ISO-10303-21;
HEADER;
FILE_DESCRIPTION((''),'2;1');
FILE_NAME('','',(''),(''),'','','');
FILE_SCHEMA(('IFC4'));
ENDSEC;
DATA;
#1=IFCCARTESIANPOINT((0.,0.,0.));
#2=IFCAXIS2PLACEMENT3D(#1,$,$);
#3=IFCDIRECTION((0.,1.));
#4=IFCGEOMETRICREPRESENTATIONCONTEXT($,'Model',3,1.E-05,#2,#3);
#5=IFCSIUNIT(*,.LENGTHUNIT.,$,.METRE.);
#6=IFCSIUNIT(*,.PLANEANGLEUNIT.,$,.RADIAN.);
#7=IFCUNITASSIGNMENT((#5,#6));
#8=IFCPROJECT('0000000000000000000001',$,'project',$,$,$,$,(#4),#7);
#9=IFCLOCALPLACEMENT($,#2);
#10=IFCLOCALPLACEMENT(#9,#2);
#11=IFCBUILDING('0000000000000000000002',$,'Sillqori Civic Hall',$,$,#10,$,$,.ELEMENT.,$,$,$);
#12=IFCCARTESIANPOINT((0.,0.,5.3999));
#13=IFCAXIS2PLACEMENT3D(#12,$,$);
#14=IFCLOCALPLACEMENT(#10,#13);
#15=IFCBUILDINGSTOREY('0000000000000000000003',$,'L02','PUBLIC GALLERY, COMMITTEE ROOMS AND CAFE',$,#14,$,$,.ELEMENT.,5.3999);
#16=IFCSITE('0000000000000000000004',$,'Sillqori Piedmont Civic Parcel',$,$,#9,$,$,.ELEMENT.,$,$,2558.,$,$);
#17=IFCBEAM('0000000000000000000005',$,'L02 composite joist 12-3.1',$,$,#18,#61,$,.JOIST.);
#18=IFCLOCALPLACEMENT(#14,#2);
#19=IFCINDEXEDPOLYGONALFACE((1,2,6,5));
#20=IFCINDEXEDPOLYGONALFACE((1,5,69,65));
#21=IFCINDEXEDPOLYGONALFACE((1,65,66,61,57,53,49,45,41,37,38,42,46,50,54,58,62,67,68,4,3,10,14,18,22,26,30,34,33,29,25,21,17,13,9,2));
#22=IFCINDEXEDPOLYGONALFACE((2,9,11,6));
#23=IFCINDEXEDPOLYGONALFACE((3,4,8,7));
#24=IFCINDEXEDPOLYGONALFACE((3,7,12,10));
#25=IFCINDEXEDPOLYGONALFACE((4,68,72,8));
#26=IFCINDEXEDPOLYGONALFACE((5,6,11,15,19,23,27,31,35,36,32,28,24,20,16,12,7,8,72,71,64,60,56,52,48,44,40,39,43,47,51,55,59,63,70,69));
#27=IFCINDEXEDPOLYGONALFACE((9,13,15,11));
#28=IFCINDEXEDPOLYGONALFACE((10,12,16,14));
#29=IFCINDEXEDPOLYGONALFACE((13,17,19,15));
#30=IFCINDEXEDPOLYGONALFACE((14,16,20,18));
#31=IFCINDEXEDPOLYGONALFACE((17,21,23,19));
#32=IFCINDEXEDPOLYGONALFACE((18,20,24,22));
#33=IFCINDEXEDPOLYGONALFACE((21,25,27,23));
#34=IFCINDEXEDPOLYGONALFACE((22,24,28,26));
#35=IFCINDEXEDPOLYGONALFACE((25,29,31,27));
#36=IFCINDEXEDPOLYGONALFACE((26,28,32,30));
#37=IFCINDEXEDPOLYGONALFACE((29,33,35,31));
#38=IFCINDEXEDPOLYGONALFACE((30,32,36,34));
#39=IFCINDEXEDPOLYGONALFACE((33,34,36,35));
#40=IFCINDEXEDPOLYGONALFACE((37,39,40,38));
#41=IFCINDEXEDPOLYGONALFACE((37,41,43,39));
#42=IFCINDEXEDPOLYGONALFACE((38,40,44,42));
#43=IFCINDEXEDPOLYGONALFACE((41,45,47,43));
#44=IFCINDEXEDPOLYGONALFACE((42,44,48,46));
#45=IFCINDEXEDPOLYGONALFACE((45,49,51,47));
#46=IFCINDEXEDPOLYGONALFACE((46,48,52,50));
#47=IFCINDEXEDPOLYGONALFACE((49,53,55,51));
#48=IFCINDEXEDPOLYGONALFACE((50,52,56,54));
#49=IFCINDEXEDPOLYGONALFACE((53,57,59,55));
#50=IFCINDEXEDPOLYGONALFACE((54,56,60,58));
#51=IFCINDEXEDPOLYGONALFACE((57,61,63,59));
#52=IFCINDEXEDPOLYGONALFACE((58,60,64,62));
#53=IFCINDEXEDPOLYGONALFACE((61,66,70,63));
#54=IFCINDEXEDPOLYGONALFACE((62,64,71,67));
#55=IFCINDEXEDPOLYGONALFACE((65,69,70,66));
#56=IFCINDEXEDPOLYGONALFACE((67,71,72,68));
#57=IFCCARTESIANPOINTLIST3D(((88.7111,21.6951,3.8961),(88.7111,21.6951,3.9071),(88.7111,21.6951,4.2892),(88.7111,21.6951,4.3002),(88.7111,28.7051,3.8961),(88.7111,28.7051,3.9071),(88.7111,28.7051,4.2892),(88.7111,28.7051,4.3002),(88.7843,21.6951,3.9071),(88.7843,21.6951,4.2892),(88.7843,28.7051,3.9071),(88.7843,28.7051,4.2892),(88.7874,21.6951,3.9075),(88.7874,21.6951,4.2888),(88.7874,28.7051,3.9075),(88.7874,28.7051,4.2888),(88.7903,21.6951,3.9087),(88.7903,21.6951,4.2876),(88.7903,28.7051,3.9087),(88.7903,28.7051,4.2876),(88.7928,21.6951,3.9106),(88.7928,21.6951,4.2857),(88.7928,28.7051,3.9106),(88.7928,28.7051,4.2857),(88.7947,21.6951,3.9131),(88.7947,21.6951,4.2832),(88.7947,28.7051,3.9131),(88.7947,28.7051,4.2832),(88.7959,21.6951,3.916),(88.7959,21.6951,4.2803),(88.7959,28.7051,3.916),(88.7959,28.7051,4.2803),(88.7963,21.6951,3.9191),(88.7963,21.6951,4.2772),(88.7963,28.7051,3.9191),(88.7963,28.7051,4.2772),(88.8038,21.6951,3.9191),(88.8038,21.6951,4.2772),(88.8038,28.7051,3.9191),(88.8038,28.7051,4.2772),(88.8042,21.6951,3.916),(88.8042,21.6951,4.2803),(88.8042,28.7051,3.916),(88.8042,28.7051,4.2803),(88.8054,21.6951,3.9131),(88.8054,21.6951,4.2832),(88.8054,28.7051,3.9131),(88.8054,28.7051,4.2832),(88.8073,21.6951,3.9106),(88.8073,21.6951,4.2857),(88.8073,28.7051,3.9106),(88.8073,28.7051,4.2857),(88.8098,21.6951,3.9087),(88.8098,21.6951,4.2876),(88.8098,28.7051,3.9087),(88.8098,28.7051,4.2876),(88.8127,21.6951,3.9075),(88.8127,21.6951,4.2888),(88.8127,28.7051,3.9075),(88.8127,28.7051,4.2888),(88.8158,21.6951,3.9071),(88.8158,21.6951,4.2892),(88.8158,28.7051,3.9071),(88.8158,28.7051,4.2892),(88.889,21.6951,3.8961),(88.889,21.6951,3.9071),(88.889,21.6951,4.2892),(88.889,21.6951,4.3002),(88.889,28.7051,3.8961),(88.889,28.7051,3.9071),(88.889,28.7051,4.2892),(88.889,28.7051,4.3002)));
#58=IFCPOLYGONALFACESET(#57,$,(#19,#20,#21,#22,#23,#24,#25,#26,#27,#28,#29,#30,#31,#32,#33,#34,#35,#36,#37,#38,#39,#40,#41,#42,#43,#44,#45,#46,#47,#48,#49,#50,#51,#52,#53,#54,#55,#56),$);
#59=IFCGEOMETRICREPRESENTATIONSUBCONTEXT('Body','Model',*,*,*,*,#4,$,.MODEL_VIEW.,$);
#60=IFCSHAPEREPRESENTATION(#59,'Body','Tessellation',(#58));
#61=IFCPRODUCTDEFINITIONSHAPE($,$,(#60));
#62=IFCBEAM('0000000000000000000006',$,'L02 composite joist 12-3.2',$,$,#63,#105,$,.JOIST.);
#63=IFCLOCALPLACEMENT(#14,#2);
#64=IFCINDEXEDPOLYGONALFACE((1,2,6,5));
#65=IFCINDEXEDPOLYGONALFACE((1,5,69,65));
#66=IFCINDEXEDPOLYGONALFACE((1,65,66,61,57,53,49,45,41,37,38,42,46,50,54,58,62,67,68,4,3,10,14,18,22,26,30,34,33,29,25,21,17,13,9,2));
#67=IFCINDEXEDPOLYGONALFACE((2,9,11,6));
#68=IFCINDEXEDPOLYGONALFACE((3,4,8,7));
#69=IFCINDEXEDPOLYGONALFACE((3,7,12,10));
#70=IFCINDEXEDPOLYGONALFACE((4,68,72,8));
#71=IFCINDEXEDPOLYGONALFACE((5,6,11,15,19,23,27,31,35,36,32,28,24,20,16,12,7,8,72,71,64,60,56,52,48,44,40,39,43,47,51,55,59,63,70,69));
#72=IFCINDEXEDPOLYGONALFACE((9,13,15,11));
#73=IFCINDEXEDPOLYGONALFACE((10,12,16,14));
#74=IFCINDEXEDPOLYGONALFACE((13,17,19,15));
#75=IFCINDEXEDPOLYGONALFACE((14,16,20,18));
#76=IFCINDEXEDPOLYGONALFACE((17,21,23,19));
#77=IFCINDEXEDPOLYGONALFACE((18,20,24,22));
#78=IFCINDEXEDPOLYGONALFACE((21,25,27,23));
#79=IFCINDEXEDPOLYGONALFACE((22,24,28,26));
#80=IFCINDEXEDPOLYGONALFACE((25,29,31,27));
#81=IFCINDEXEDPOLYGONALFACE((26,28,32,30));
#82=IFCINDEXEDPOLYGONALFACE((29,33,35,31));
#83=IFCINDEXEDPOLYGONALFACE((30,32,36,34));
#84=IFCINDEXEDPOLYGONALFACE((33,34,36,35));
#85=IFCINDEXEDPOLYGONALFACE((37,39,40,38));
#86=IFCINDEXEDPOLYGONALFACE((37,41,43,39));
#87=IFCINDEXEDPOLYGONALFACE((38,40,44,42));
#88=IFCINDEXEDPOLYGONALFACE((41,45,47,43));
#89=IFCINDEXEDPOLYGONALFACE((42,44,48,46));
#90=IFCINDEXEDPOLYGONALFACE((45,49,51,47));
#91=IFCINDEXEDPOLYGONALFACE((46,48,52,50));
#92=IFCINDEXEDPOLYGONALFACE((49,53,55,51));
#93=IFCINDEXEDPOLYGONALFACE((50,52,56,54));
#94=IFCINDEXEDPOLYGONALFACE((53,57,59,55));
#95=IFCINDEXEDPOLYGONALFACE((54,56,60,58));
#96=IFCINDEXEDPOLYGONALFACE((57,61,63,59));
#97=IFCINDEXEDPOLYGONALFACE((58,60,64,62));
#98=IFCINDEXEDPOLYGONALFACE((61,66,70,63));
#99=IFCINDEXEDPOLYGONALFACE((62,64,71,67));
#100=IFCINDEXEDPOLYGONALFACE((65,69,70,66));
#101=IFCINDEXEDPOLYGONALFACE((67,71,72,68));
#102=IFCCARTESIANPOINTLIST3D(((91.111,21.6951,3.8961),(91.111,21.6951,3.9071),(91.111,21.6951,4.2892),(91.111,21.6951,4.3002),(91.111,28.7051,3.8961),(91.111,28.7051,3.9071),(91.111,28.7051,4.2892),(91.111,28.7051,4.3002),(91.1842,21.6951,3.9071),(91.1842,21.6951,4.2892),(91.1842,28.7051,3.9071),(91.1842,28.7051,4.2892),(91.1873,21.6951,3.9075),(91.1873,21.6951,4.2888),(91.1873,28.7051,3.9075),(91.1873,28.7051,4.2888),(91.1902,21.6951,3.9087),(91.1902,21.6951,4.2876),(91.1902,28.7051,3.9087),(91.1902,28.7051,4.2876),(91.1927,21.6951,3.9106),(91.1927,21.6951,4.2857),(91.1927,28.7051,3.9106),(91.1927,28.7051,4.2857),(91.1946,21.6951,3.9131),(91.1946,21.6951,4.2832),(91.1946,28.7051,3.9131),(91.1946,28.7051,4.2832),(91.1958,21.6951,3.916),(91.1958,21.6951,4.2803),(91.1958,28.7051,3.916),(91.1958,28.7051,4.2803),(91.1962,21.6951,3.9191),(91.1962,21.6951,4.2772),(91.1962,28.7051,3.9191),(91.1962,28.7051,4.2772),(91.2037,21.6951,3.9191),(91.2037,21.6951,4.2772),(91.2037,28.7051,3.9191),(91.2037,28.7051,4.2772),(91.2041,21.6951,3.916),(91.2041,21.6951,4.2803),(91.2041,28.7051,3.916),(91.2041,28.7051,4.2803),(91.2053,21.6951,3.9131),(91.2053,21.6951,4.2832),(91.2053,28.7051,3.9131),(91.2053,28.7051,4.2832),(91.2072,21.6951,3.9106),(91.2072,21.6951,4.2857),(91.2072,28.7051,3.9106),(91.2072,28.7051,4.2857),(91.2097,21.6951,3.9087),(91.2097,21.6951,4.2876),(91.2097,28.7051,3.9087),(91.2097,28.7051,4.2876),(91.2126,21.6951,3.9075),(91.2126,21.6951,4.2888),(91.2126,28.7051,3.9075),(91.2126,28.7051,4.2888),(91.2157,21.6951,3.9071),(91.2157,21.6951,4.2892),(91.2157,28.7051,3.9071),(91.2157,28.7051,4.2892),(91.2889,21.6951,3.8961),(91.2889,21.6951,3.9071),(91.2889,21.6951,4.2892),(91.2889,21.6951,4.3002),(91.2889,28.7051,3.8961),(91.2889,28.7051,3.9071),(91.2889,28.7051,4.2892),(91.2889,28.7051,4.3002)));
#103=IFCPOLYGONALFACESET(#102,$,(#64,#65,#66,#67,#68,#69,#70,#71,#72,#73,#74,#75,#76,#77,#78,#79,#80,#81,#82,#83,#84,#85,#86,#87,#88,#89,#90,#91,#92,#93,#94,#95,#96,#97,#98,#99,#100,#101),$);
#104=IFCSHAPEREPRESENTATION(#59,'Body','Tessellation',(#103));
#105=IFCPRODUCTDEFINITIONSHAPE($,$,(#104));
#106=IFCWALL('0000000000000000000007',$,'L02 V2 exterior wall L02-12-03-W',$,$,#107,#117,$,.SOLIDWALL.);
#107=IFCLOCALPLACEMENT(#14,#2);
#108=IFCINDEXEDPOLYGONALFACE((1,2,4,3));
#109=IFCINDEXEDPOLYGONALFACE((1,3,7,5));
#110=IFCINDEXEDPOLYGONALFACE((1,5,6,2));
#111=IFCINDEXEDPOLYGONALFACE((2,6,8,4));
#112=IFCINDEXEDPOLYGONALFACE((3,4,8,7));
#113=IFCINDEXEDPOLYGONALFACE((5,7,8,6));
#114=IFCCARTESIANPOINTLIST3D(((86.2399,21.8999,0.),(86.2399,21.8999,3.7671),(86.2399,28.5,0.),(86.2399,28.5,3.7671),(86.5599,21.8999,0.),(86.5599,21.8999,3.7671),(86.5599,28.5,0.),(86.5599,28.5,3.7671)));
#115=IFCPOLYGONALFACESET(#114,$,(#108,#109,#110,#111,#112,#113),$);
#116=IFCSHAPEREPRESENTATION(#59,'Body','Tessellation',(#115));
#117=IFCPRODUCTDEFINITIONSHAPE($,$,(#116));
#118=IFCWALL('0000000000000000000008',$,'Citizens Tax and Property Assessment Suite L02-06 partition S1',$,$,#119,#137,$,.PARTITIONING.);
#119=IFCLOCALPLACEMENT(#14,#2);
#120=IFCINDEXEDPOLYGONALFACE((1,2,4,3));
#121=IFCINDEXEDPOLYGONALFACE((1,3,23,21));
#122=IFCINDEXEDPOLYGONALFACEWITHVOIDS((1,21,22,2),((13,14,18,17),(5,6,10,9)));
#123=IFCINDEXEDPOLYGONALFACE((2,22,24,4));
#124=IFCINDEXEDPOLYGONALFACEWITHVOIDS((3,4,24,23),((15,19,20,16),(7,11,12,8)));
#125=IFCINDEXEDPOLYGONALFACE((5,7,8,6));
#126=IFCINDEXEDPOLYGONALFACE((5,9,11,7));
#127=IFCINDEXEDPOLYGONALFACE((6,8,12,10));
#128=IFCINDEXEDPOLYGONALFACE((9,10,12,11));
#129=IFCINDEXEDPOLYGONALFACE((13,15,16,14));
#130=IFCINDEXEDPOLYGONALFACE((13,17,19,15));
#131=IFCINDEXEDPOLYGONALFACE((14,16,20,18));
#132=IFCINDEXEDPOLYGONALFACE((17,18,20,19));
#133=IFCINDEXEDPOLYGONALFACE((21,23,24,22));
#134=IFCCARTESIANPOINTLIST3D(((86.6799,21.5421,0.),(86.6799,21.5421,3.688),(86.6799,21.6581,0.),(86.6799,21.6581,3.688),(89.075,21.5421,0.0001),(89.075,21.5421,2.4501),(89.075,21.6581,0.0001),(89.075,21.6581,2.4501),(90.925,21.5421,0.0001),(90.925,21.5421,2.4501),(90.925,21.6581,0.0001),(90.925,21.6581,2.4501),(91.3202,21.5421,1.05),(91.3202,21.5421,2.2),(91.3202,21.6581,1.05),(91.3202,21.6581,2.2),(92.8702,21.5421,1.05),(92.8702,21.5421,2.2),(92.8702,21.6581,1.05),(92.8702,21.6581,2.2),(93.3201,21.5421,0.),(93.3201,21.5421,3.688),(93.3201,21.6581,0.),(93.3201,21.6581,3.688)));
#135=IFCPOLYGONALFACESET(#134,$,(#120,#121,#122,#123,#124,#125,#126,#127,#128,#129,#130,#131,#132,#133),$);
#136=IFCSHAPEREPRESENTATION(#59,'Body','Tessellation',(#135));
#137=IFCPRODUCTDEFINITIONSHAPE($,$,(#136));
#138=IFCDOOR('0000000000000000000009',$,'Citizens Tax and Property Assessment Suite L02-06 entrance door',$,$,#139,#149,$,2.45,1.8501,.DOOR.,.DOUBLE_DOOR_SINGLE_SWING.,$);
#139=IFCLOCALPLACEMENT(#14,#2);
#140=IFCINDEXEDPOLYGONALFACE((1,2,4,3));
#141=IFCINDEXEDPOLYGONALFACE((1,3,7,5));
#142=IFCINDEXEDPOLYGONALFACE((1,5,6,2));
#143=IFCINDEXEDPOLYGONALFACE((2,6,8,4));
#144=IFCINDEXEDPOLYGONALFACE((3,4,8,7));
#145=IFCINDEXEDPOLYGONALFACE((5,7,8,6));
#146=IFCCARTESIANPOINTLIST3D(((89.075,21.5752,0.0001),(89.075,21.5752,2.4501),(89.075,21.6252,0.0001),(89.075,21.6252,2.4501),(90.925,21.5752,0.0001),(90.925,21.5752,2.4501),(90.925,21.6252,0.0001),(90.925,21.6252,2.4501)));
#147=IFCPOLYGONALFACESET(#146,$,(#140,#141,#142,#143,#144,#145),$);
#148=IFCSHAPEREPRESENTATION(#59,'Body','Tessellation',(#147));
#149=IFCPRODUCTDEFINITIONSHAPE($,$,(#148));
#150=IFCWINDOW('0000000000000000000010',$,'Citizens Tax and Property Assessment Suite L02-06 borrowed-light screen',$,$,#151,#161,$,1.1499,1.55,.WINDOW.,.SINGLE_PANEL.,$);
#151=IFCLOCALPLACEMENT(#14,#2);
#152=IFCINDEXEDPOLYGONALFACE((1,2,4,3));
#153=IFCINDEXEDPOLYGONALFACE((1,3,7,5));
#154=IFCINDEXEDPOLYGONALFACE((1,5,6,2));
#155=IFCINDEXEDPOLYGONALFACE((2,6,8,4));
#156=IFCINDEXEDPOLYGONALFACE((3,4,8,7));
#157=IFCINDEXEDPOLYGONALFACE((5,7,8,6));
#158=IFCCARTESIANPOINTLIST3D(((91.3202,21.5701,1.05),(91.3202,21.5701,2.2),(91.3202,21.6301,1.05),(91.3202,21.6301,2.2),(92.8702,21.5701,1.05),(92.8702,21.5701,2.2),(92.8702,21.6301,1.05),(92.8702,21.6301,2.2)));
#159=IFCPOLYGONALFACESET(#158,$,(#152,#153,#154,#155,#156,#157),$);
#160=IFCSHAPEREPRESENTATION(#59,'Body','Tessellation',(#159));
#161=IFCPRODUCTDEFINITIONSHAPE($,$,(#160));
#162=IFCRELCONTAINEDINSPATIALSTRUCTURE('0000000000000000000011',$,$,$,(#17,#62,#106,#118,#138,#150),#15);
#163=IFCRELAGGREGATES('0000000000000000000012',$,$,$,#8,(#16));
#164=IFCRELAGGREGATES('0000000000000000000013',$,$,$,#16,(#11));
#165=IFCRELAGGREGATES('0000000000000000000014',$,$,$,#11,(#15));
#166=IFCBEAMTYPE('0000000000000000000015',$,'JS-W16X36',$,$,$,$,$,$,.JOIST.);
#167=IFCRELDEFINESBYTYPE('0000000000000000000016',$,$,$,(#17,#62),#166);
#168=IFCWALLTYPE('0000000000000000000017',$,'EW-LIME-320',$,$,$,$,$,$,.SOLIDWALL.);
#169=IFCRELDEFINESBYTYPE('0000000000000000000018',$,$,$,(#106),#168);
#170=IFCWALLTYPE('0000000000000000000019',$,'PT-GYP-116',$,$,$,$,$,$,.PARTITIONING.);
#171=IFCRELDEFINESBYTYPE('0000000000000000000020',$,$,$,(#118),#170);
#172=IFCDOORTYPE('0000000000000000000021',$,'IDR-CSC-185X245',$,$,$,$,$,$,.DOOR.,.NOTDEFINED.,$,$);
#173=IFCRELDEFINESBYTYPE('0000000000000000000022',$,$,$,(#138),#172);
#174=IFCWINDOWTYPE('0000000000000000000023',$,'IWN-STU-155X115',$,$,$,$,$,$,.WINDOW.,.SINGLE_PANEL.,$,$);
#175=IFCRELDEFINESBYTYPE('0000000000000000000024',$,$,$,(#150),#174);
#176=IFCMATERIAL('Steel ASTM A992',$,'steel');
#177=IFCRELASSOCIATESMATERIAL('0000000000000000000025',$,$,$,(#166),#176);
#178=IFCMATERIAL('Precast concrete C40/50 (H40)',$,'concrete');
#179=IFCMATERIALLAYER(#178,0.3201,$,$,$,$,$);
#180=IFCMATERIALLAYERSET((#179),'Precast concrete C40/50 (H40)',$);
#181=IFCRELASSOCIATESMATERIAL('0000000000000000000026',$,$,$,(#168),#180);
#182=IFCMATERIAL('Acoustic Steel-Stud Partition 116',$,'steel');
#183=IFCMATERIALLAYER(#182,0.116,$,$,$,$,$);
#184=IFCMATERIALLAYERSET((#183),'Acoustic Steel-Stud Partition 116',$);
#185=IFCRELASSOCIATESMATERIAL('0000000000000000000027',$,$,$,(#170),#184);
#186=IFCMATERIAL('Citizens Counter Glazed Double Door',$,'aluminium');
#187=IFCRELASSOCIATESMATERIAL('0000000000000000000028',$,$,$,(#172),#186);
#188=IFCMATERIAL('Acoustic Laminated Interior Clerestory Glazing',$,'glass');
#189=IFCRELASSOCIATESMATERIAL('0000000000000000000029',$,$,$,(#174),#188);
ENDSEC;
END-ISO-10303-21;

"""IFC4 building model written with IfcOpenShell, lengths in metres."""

from ifc_helpers import new_model, si_unit, direction, frame, frame_2d, origin, origin_2d, place, context, subcontext, project, spatial, rectangle, i_section, extrude, material, layer, layer_set, material_profile, profile_set, type_object, element, fill, save


model = new_model("IFC4")

# Units and contexts
model_context = context("Model", 3, precision=1e-05, world=origin(), true_north=direction((0.0, 1.0)))
body_context = subcontext(model_context, "Body", "Model", "MODEL_VIEW")
ifc_project = project(units=[si_unit("LENGTHUNIT", "METRE"), si_unit("PLANEANGLEUNIT", "RADIAN")], contexts=[model_context])

# Site, building, storey
site_placement = place(None, origin())
site = spatial("IfcSite", under=ifc_project, at=site_placement, Name="Sillqori Piedmont Civic Parcel", CompositionType="ELEMENT", RefElevation=2558.0)
building_placement = place(site_placement, origin())
building = spatial("IfcBuilding", under=site, at=building_placement, Name="Sillqori Civic Hall", CompositionType="ELEMENT")
storey_placement = place(building_placement, frame((0.0, 0.0, 5.3999)))
storey = spatial("IfcBuildingStorey", under=building, at=storey_placement, Name="L02", Description="PUBLIC GALLERY, COMMITTEE ROOMS AND CAFE", CompositionType="ELEMENT", Elevation=5.3999)

# Shared definitions
ifc_material_1 = material(Name="Steel ASTM A992", Category="steel")

# Beams
ifc_material_profile_1 = material_profile(ifc_material_1, i_section(OverallWidth=0.178, OverallDepth=0.4041, WebThickness=0.0076, FlangeThickness=0.011, FilletRadius=0.012, at=origin_2d()), Name="W16X36")
ifc_profile_set_1 = profile_set([ifc_material_profile_1], Name="Steel ASTM A992")
beam_type_1 = type_object("IfcBeamType", Name="JS-W16X36", PredefinedType="JOIST", material=ifc_profile_set_1)
for number, where, z_axis, x_axis, name in (
    (1, (88.8, 21.6951, 4.0981), (0.0, 1.0, 0.0), (-1.0, 0.0, 0.0), "L02 composite joist 12-3.1"),
    (2, (91.2, 21.6951, 4.0981), (0.0, 1.0, 0.0), (-1.0, 0.0, 0.0), "L02 composite joist 12-3.2"),
):
    element("IfcBeam", number, at=place(storey_placement, frame(where, z_axis=z_axis, x_axis=x_axis)), inside=storey, type_object=beam_type_1, Name=name, PredefinedType="JOIST", context=body_context, shape_type="SweptSolid", body=[
        extrude(i_section(OverallWidth=0.178, OverallDepth=0.4041, WebThickness=0.0076, FlangeThickness=0.011, FilletRadius=0.012, at=origin_2d()), origin(), (0.0, 0.0, 1.0), 7.01),
    ])

# Wall
ifc_material_2 = material(Name="Precast concrete C40/50 (H40)", Category="concrete")
ifc_layer_1 = layer(ifc_material_2, 0.3201)
ifc_layer_set_1 = layer_set([ifc_layer_1], Name="Precast concrete C40/50 (H40)")
wall_type_1 = type_object("IfcWallType", Name="EW-LIME-320", PredefinedType="SOLIDWALL", material=ifc_layer_set_1)
wall_1_placement = place(storey_placement, frame((86.3999, 21.8999, 0.0), z_axis=(0.0, 0.0, 1.0), x_axis=(0.0, 1.0, 0.0)))
element("IfcWall", 3, at=wall_1_placement, inside=storey, type_object=wall_type_1, Name="L02 V2 exterior wall L02-12-03-W", PredefinedType="SOLIDWALL", context=body_context, shape_type="SweptSolid", body=[
    extrude(rectangle(XDim=6.6001, YDim=0.3201, at=frame_2d((3.3, 0.0))), origin(), (0.0, 0.0, 1.0), 3.7671),
])

# Wall, openings, door, window
ifc_material_3 = material(Name="Acoustic Steel-Stud Partition 116", Category="steel")
ifc_layer_2 = layer(ifc_material_3, 0.116)
ifc_layer_set_2 = layer_set([ifc_layer_2], Name="Acoustic Steel-Stud Partition 116")
wall_type_2 = type_object("IfcWallType", Name="PT-GYP-116", PredefinedType="PARTITIONING", material=ifc_layer_set_2)
wall_2_placement = place(storey_placement, frame((93.3201, 21.6001, 0.0), z_axis=(0.0, 0.0, 1.0), x_axis=(-1.0, 0.0, 0.0)))
wall_2 = element("IfcWall", 4, at=wall_2_placement, inside=storey, type_object=wall_type_2, Name="Citizens Tax and Property Assessment Suite L02-06 partition S1", PredefinedType="PARTITIONING", context=body_context, shape_type="SweptSolid", body=[
    extrude(rectangle(XDim=6.6401, YDim=0.116, at=frame_2d((3.3201, 0.0))), origin(), (0.0, 0.0, 1.0), 3.688),
])
opening_1_placement = place(wall_2_placement, frame((2.395, 0.0, 0.0)))
opening_1 = element("IfcOpeningElement", 5, at=opening_1_placement, cuts=wall_2, PredefinedType="OPENING", context=body_context, shape_type="SweptSolid", body=[
    extrude(rectangle(XDim=1.8501, YDim=2.45, at=frame_2d((0.925, 1.2251))), frame((0.0, 0.0679, 0.0), z_axis=(0.0, -1.0, 0.0), x_axis=(1.0, 0.0, 0.0)), (0.0, 0.0, 1.0), 0.136),
])
opening_2_placement = place(wall_2_placement, frame((0.45, 0.0, 1.05)))
opening_2 = element("IfcOpeningElement", 6, at=opening_2_placement, cuts=wall_2, PredefinedType="OPENING", context=body_context, shape_type="SweptSolid", body=[
    extrude(rectangle(XDim=1.55, YDim=1.1499, at=frame_2d((0.7749, 0.575))), frame((0.0, 0.0679, 0.0), z_axis=(0.0, -1.0, 0.0), x_axis=(1.0, 0.0, 0.0)), (0.0, 0.0, 1.0), 0.136),
])
ifc_material_4 = material(Name="Citizens Counter Glazed Double Door", Category="aluminium")
door_type_1 = type_object("IfcDoorType", Name="IDR-CSC-185X245", OperationType="NOTDEFINED", PredefinedType="DOOR", material=ifc_material_4)
door_1_placement = place(opening_1_placement, origin())
door_1 = element("IfcDoor", 7, at=door_1_placement, inside=storey, type_object=door_type_1, Name="Citizens Tax and Property Assessment Suite L02-06 entrance door", OperationType="DOUBLE_DOOR_SINGLE_SWING", OverallHeight=2.45, OverallWidth=1.8501, PredefinedType="DOOR", context=body_context, shape_type="SweptSolid", body=[
    extrude(rectangle(XDim=1.8501, YDim=2.45, at=frame_2d((0.925, 1.2251))), frame((0.0, 0.0249, 0.0), z_axis=(0.0, -1.0, 0.0), x_axis=(1.0, 0.0, 0.0)), (0.0, 0.0, 1.0), 0.05),
])
fill(opening_1, door_1)
ifc_material_5 = material(Name="Acoustic Laminated Interior Clerestory Glazing", Category="glass")
window_type_1 = type_object("IfcWindowType", Name="IWN-STU-155X115", PartitioningType="SINGLE_PANEL", PredefinedType="WINDOW", material=ifc_material_5)
window_1_placement = place(opening_2_placement, origin())
window_1 = element("IfcWindow", 8, at=window_1_placement, inside=storey, type_object=window_type_1, Name="Citizens Tax and Property Assessment Suite L02-06 borrowed-light screen", OverallHeight=1.1499, OverallWidth=1.55, PartitioningType="SINGLE_PANEL", PredefinedType="WINDOW", context=body_context, shape_type="SweptSolid", body=[
    extrude(rectangle(XDim=1.55, YDim=1.1499, at=frame_2d((0.7749, 0.575))), frame((0.0, 0.03, 0.0), z_axis=(0.0, -1.0, 0.0), x_axis=(1.0, 0.0, 0.0)), (0.0, 0.0, 1.0), 0.0601),
])
fill(opening_2, window_1)

save(model, "model.ifc")
